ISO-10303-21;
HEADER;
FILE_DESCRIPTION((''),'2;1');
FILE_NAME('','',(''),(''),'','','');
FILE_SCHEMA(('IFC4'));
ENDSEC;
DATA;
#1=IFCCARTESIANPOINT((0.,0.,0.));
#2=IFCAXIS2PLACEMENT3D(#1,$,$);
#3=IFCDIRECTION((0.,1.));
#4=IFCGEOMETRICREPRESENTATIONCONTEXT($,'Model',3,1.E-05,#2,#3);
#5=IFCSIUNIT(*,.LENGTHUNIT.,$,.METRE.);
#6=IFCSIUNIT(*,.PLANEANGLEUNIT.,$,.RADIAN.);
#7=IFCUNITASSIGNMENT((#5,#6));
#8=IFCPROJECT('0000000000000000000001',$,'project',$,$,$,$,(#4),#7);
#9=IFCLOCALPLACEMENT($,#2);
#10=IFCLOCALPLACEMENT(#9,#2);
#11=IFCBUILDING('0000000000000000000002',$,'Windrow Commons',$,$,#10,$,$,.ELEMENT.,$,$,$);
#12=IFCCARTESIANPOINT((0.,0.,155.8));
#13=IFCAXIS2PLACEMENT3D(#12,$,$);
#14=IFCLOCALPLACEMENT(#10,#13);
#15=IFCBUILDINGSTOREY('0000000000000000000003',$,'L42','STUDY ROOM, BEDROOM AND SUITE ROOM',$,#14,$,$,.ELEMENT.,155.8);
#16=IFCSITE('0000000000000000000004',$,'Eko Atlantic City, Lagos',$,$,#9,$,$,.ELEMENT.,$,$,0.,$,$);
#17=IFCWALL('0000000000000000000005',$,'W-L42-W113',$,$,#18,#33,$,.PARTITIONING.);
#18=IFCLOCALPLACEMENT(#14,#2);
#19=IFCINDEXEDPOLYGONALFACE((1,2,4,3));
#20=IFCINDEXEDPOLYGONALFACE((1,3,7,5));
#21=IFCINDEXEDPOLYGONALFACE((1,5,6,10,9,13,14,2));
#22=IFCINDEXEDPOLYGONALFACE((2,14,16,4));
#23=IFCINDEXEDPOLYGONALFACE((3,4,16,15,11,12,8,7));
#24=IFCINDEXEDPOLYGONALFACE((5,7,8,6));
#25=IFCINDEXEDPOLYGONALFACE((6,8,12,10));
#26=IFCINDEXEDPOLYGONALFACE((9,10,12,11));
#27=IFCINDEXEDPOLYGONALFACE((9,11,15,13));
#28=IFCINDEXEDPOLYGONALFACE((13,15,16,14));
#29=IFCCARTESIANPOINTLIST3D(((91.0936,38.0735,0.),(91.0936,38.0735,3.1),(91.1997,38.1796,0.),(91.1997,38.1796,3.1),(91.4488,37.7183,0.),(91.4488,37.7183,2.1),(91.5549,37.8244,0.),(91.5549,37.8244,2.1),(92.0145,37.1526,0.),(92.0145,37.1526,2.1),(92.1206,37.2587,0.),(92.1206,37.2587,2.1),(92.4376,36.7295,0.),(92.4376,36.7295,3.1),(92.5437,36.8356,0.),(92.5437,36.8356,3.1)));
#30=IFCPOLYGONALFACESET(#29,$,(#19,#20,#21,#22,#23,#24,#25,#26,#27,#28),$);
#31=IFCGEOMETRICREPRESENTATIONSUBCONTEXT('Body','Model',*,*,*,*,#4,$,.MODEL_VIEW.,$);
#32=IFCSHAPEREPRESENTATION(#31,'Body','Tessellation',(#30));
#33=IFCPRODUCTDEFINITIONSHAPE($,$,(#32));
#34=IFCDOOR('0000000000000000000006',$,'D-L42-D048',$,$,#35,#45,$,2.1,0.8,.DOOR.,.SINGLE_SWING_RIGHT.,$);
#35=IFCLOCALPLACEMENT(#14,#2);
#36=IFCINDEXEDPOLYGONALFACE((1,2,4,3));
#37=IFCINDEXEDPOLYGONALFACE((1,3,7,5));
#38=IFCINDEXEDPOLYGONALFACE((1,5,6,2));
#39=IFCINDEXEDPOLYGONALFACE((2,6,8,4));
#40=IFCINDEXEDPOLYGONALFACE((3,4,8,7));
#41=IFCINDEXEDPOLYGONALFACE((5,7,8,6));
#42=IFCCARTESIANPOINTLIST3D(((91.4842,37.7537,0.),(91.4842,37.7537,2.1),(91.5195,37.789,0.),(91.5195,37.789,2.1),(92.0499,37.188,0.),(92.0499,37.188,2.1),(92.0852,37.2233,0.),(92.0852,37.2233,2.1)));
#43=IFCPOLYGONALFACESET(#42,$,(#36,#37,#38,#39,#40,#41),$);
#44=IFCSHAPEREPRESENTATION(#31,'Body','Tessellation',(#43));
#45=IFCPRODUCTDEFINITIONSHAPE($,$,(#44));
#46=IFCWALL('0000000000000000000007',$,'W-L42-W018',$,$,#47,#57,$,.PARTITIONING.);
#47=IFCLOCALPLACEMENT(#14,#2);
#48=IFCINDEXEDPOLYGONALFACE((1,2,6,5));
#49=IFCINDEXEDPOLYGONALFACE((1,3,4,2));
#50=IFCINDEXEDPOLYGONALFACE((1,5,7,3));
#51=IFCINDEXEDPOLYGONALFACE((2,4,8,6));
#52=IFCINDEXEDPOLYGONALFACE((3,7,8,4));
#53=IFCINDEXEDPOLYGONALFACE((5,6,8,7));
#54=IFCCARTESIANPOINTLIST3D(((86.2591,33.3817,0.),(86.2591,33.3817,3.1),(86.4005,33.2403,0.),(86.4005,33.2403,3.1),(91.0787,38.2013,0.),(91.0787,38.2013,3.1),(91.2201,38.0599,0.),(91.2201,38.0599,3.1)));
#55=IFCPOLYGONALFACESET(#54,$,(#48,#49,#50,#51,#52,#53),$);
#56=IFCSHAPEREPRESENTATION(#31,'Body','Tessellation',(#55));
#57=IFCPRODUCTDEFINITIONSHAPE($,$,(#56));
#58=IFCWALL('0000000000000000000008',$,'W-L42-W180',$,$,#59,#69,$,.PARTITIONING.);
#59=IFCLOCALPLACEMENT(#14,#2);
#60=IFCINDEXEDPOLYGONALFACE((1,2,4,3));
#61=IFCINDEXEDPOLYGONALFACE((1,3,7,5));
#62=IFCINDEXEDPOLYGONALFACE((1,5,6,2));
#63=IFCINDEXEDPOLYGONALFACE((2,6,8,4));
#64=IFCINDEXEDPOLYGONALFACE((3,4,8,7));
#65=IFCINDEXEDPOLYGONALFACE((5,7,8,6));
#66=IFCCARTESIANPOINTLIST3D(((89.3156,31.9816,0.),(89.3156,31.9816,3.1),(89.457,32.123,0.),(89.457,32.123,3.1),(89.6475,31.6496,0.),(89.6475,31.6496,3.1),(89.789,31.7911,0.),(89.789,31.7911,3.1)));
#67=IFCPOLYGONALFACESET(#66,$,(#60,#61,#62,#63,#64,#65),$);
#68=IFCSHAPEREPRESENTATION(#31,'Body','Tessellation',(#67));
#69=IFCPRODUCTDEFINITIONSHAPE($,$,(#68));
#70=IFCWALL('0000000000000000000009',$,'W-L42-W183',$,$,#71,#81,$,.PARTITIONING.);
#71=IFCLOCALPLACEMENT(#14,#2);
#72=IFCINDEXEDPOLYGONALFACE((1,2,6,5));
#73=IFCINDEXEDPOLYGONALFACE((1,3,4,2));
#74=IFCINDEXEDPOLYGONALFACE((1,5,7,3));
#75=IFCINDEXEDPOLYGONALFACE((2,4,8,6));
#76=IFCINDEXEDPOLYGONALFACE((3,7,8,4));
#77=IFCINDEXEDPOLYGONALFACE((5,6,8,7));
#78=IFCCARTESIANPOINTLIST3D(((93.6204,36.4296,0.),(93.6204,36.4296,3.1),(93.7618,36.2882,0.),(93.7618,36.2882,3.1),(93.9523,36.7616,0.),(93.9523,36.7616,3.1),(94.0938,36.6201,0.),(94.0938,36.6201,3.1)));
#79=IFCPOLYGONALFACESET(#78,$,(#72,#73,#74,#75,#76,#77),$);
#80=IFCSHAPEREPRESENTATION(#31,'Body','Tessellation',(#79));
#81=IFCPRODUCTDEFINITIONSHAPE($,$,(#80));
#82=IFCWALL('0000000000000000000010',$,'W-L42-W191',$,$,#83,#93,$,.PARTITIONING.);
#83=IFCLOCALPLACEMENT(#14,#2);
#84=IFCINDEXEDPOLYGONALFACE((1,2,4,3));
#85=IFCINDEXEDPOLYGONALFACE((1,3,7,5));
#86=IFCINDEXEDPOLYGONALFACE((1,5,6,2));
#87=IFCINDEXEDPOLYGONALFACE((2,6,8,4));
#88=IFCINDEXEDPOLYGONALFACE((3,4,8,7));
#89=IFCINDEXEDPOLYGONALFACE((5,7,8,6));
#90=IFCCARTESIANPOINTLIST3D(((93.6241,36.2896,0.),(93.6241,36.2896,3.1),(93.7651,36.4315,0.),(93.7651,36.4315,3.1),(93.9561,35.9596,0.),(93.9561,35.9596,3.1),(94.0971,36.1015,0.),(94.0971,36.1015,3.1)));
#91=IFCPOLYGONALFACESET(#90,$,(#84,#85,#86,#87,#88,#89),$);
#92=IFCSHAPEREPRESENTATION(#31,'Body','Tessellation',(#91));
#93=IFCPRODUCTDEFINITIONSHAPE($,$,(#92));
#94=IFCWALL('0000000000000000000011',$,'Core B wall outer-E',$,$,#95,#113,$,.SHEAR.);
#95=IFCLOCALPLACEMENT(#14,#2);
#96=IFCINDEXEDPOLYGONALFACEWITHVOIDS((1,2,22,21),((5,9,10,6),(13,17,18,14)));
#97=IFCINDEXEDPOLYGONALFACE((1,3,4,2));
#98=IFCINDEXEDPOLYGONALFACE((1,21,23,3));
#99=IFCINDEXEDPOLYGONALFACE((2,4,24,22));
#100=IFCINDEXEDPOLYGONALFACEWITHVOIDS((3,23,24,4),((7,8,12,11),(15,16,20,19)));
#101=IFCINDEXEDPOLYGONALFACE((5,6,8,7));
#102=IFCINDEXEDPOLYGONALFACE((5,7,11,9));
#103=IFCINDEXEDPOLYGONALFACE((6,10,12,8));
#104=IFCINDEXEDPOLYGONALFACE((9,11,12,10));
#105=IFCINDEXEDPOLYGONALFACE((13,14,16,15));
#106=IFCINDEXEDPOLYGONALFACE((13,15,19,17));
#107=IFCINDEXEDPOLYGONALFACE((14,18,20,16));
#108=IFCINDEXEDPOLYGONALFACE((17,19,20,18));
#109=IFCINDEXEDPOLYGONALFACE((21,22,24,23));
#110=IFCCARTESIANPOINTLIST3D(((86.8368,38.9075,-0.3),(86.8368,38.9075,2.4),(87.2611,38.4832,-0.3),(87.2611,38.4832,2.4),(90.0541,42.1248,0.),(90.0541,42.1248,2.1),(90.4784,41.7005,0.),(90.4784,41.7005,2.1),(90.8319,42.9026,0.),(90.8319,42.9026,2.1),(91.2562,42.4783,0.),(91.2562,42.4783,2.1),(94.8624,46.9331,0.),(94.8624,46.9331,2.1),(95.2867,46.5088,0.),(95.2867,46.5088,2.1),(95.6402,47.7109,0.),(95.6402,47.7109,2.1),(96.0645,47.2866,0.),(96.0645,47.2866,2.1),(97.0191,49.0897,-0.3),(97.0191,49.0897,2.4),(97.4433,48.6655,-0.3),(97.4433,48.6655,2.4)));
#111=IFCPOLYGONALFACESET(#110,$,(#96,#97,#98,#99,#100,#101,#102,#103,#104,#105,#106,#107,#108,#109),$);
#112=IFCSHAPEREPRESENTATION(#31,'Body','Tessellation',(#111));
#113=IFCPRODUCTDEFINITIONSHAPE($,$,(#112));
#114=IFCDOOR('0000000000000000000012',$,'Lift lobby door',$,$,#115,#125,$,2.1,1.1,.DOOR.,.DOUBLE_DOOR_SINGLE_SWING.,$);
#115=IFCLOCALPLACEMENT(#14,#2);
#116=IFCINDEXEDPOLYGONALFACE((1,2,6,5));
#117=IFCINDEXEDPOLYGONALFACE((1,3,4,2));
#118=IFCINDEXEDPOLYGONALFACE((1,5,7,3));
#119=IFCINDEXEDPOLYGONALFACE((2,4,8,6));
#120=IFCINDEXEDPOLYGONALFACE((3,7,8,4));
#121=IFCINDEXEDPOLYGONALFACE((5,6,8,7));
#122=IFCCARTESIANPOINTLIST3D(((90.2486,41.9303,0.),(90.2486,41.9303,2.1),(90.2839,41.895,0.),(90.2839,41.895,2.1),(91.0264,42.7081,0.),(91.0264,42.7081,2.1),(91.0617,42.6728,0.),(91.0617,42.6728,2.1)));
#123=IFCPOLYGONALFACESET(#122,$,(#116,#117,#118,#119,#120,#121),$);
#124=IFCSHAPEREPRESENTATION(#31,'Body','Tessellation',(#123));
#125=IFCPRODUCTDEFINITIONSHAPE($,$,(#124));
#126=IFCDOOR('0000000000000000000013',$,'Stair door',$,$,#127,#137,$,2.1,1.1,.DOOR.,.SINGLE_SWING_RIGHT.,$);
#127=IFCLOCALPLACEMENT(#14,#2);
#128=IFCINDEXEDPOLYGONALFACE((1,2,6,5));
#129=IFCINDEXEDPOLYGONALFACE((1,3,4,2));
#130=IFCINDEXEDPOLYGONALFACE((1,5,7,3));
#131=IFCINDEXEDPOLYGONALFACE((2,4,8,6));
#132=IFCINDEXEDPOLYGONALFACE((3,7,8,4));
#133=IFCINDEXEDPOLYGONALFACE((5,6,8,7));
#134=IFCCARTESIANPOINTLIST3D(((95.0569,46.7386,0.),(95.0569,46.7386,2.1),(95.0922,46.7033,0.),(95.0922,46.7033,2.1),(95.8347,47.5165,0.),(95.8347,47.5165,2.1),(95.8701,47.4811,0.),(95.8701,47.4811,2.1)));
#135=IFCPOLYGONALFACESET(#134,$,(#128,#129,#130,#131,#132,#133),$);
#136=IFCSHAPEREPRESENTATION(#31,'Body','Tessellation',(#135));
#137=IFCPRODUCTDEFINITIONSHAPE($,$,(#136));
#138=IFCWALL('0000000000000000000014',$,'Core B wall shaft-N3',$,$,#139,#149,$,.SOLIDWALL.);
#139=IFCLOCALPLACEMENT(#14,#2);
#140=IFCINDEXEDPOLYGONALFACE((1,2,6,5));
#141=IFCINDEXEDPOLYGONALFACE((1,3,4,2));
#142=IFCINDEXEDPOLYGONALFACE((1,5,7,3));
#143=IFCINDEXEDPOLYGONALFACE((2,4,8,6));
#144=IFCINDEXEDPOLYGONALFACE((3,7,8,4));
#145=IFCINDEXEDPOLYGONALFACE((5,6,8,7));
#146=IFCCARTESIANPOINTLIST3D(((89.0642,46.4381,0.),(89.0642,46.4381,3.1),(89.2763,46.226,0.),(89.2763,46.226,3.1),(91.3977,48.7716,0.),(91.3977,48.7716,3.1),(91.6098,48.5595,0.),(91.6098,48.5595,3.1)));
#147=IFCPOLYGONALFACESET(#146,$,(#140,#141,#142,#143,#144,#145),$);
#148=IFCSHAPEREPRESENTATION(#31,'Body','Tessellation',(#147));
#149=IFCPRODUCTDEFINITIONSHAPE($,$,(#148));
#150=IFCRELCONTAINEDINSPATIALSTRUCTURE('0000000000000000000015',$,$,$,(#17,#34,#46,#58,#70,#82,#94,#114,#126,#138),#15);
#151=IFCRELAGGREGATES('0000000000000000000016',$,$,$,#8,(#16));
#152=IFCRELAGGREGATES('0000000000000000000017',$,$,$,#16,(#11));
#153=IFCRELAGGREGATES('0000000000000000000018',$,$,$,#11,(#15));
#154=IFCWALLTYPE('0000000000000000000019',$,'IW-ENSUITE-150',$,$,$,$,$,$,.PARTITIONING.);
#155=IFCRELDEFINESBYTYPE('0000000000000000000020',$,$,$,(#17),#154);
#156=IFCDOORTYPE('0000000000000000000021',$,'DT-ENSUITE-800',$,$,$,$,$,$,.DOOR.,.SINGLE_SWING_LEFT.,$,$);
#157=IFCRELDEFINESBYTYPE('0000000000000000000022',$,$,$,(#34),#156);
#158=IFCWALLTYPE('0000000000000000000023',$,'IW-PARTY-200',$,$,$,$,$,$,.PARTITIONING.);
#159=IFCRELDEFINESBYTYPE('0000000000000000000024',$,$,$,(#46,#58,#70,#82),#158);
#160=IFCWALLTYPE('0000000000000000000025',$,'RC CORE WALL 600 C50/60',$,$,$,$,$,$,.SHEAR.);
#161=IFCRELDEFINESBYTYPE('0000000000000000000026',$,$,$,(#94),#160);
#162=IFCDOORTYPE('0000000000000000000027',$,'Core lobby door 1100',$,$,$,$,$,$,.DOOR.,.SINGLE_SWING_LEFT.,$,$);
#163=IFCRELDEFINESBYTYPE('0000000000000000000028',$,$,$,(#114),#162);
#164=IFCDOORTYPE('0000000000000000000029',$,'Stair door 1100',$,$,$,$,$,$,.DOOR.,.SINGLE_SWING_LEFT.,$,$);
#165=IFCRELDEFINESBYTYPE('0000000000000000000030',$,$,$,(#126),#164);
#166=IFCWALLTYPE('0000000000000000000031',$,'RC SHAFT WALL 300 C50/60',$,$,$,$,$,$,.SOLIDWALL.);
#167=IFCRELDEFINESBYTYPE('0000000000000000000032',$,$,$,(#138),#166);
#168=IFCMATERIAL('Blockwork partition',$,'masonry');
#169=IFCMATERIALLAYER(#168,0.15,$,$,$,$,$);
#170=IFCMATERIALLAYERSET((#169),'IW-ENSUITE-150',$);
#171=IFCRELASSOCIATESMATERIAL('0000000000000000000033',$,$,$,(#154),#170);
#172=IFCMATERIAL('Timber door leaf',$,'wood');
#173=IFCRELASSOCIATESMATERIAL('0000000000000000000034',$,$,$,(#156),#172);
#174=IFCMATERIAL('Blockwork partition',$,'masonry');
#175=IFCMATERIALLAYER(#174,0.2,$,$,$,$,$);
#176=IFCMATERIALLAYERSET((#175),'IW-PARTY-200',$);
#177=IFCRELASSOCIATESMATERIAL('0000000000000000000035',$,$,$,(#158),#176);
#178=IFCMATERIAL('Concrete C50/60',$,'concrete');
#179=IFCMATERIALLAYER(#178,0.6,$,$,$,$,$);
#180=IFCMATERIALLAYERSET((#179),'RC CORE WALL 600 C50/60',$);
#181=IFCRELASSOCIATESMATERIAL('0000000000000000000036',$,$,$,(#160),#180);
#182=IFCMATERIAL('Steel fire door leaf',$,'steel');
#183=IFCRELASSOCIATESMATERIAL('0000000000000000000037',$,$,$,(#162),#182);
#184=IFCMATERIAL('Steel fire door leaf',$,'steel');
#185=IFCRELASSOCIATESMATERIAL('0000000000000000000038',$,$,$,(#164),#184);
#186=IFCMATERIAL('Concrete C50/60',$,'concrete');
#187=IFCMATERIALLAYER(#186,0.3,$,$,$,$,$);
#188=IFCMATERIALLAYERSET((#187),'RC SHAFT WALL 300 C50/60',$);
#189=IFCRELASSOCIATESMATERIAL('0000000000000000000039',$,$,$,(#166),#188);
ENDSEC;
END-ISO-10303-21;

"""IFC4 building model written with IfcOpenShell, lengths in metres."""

from ifc_helpers import new_model, si_unit, direction, frame, frame_2d, origin, place, context, subcontext, project, spatial, rectangle, extrude, material, layer, layer_set, type_object, element, fill, save


model = new_model("IFC4")

# Units and contexts
model_context = context("Model", 3, precision=1e-05, world=origin(), true_north=direction((0.0, 1.0)))
body_context = subcontext(model_context, "Body", "Model", "MODEL_VIEW")
ifc_project = project(units=[si_unit("LENGTHUNIT", "METRE"), si_unit("PLANEANGLEUNIT", "RADIAN")], contexts=[model_context])

# Site, building, storey
site_placement = place(None, origin())
site = spatial("IfcSite", under=ifc_project, at=site_placement, Name="Eko Atlantic City, Lagos", CompositionType="ELEMENT", RefElevation=0.0)
building_placement = place(site_placement, origin())
building = spatial("IfcBuilding", under=site, at=building_placement, Name="Windrow Commons", CompositionType="ELEMENT")
storey_placement = place(building_placement, frame((0.0, 0.0, 155.8)))
storey = spatial("IfcBuildingStorey", under=building, at=storey_placement, Name="L42", Description="STUDY ROOM, BEDROOM AND SUITE ROOM", CompositionType="ELEMENT", Elevation=155.8)

# Shared definitions
ifc_material_1 = material(Name="Blockwork partition", Category="masonry")
ifc_layer_1 = layer(ifc_material_1, 0.15)
ifc_layer_set_1 = layer_set([ifc_layer_1], Name="IW-ENSUITE-150")
wall_type_1 = type_object("IfcWallType", Name="IW-ENSUITE-150", PredefinedType="PARTITIONING", material=ifc_layer_set_1)

# Wall, opening, door
wall_1_placement = place(storey_placement, frame((91.1466, 38.1266, 0.0), z_axis=(0.0, 0.0, 1.0), x_axis=(0.707107, -0.707107, 0.0)))
wall_1 = element("IfcWall", 1, at=wall_1_placement, inside=storey, type_object=wall_type_1, Name="W-L42-W113", PredefinedType="PARTITIONING", context=body_context, shape_type="SweptSolid", body=[
    extrude(rectangle(XDim=1.9007, YDim=0.15, at=frame_2d((0.9504, 0.0))), origin(), (0.0, 0.0, 1.0), 3.1),
])
opening_1_placement = place(wall_1_placement, frame((0.5024, 0.0, 0.0)))
opening_1 = element("IfcOpeningElement", 2, at=opening_1_placement, cuts=wall_1, PredefinedType="OPENING", context=body_context, shape_type="SweptSolid", body=[
    extrude(rectangle(XDim=0.8, YDim=2.1, at=frame_2d((0.4, 1.05))), frame((0.0, 0.085, 0.0), z_axis=(0.0, -1.0, 0.0), x_axis=(1.0, 0.0, 0.0)), (0.0, 0.0, 1.0), 0.17),
])
ifc_material_2 = material(Name="Timber door leaf", Category="wood")
door_type_1 = type_object("IfcDoorType", Name="DT-ENSUITE-800", OperationType="SINGLE_SWING_LEFT", PredefinedType="DOOR", material=ifc_material_2)
door_1_placement = place(opening_1_placement, origin())
door_1 = element("IfcDoor", 3, at=door_1_placement, inside=storey, type_object=door_type_1, Name="D-L42-D048", OperationType="SINGLE_SWING_RIGHT", OverallHeight=2.1, OverallWidth=0.8, PredefinedType="DOOR", context=body_context, shape_type="SweptSolid", body=[
    extrude(rectangle(XDim=0.8, YDim=2.1, at=frame_2d((0.4, 1.05))), frame((0.0, 0.025, 0.0), z_axis=(0.0, -1.0, 0.0), x_axis=(1.0, 0.0, 0.0)), (0.0, 0.0, 1.0), 0.05),
])
fill(opening_1, door_1)

# Walls
ifc_material_3 = material(Name="Blockwork partition", Category="masonry")
ifc_layer_2 = layer(ifc_material_3, 0.2)
ifc_layer_set_2 = layer_set([ifc_layer_2], Name="IW-PARTY-200")
wall_type_2 = type_object("IfcWallType", Name="IW-PARTY-200", PredefinedType="PARTITIONING", material=ifc_layer_set_2)
wall_2_placement = place(storey_placement, frame((86.3298, 33.311, 0.0), z_axis=(0.0, 0.0, 1.0), x_axis=(0.707107, 0.707107, 0.0)))
element("IfcWall", 4, at=wall_2_placement, inside=storey, type_object=wall_type_2, Name="W-L42-W018", PredefinedType="PARTITIONING", context=body_context, shape_type="SweptSolid", body=[
    extrude(rectangle(XDim=6.8159, YDim=0.2, at=frame_2d((3.408, 0.0))), origin(), (0.0, 0.0, 1.0), 3.1),
])
for number, where, z_axis, x_axis, name in (
    (5, (89.3863, 32.0523, 0.0), (0.0, 0.0, 1.0), (0.707107, -0.707107, 0.0), "W-L42-W180"),
    (6, (93.6911, 36.3589, 0.0), (0.0, 0.0, 1.0), (0.707107, 0.707107, 0.0), "W-L42-W183"),
):
    element("IfcWall", number, at=place(storey_placement, frame(where, z_axis=z_axis, x_axis=x_axis)), inside=storey, type_object=wall_type_2, Name=name, PredefinedType="PARTITIONING", context=body_context, shape_type="SweptSolid", body=[
        extrude(rectangle(XDim=0.4695, YDim=0.2, at=frame_2d((0.2347, 0.0))), origin(), (0.0, 0.0, 1.0), 3.1),
    ])
wall_3_placement = place(storey_placement, frame((93.6946, 36.3606, 0.0), z_axis=(0.0, 0.0, 1.0), x_axis=(0.70924, -0.704967, 0.0)))
element("IfcWall", 7, at=wall_3_placement, inside=storey, type_object=wall_type_2, Name="W-L42-W191", PredefinedType="PARTITIONING", context=body_context, shape_type="SweptSolid", body=[
    extrude(rectangle(XDim=0.4681, YDim=0.2, at=frame_2d((0.2341, 0.0))), origin(), (0.0, 0.0, 1.0), 3.1),
])

# Wall, openings, doors
ifc_material_4 = material(Name="Concrete C50/60", Category="concrete")
ifc_layer_3 = layer(ifc_material_4, 0.6)
ifc_layer_set_3 = layer_set([ifc_layer_3], Name="RC CORE WALL 600 C50/60")
wall_type_3 = type_object("IfcWallType", Name="RC CORE WALL 600 C50/60", PredefinedType="SHEAR", material=ifc_layer_set_3)
wall_4_placement = place(storey_placement, frame((87.0489, 38.6953, -0.3), z_axis=(0.0, 0.0, 1.0), x_axis=(0.707107, 0.707107, 0.0)))
wall_4 = element("IfcWall", 8, at=wall_4_placement, inside=storey, type_object=wall_type_3, Name="Core B wall outer-E", PredefinedType="SHEAR", context=body_context, shape_type="SweptSolid", body=[
    extrude(rectangle(XDim=14.3999, YDim=0.6, at=frame_2d((7.2, 0.0))), origin(), (0.0, 0.0, 1.0), 2.7),
])
opening_2_placement = place(wall_4_placement, frame((4.55, 0.0, 0.3)))
opening_2 = element("IfcOpeningElement", 9, at=opening_2_placement, cuts=wall_4, PredefinedType="OPENING", context=body_context, shape_type="SweptSolid", body=[
    extrude(rectangle(XDim=1.1, YDim=2.1, at=frame_2d((0.55, 1.05))), frame((0.0, 0.31, 0.0), z_axis=(0.0, -1.0, 0.0), x_axis=(1.0, 0.0, 0.0)), (0.0, 0.0, 1.0), 0.62),
])
opening_3_placement = place(wall_4_placement, frame((11.35, 0.0, 0.3)))
opening_3 = element("IfcOpeningElement", 10, at=opening_3_placement, cuts=wall_4, PredefinedType="OPENING", context=body_context, shape_type="SweptSolid", body=[
    extrude(rectangle(XDim=1.1, YDim=2.1, at=frame_2d((0.55, 1.05))), frame((0.0, 0.31, 0.0), z_axis=(0.0, -1.0, 0.0), x_axis=(1.0, 0.0, 0.0)), (0.0, 0.0, 1.0), 0.62),
])
ifc_material_5 = material(Name="Steel fire door leaf", Category="steel")
door_type_2 = type_object("IfcDoorType", Name="Core lobby door 1100", OperationType="SINGLE_SWING_LEFT", PredefinedType="DOOR", material=ifc_material_5)
door_2_placement = place(opening_2_placement, origin())
door_2 = element("IfcDoor", 11, at=door_2_placement, inside=storey, type_object=door_type_2, Name="Lift lobby door", OperationType="DOUBLE_DOOR_SINGLE_SWING", OverallHeight=2.1, OverallWidth=1.1, PredefinedType="DOOR", context=body_context, shape_type="SweptSolid", body=[
    extrude(rectangle(XDim=1.1, YDim=2.1, at=frame_2d((0.55, 1.05))), frame((0.0, 0.025, 0.0), z_axis=(0.0, -1.0, 0.0), x_axis=(1.0, 0.0, 0.0)), (0.0, 0.0, 1.0), 0.05),
])
fill(opening_2, door_2)
ifc_material_6 = material(Name="Steel fire door leaf", Category="steel")
door_type_3 = type_object("IfcDoorType", Name="Stair door 1100", OperationType="SINGLE_SWING_LEFT", PredefinedType="DOOR", material=ifc_material_6)
door_3_placement = place(opening_3_placement, origin())
door_3 = element("IfcDoor", 12, at=door_3_placement, inside=storey, type_object=door_type_3, Name="Stair door", OperationType="SINGLE_SWING_RIGHT", OverallHeight=2.1, OverallWidth=1.1, PredefinedType="DOOR", context=body_context, shape_type="SweptSolid", body=[
    extrude(rectangle(XDim=1.1, YDim=2.1, at=frame_2d((0.55, 1.05))), frame((0.0, 0.025, 0.0), z_axis=(0.0, -1.0, 0.0), x_axis=(1.0, 0.0, 0.0)), (0.0, 0.0, 1.0), 0.05),
])
fill(opening_3, door_3)

# Wall
ifc_material_7 = material(Name="Concrete C50/60", Category="concrete")
ifc_layer_4 = layer(ifc_material_7, 0.3)
ifc_layer_set_4 = layer_set([ifc_layer_4], Name="RC SHAFT WALL 300 C50/60")
wall_type_4 = type_object("IfcWallType", Name="RC SHAFT WALL 300 C50/60", PredefinedType="SOLIDWALL", material=ifc_layer_set_4)
wall_5_placement = place(storey_placement, frame((89.1702, 46.332, 0.0), z_axis=(0.0, 0.0, 1.0), x_axis=(0.707107, 0.707107, 0.0)))
element("IfcWall", 13, at=wall_5_placement, inside=storey, type_object=wall_type_4, Name="Core B wall shaft-N3", PredefinedType="SOLIDWALL", context=body_context, shape_type="SweptSolid", body=[
    extrude(rectangle(XDim=3.3001, YDim=0.3, at=frame_2d((1.6501, 0.0))), origin(), (0.0, 0.0, 1.0), 3.1),
])

save(model, "model.ifc")
